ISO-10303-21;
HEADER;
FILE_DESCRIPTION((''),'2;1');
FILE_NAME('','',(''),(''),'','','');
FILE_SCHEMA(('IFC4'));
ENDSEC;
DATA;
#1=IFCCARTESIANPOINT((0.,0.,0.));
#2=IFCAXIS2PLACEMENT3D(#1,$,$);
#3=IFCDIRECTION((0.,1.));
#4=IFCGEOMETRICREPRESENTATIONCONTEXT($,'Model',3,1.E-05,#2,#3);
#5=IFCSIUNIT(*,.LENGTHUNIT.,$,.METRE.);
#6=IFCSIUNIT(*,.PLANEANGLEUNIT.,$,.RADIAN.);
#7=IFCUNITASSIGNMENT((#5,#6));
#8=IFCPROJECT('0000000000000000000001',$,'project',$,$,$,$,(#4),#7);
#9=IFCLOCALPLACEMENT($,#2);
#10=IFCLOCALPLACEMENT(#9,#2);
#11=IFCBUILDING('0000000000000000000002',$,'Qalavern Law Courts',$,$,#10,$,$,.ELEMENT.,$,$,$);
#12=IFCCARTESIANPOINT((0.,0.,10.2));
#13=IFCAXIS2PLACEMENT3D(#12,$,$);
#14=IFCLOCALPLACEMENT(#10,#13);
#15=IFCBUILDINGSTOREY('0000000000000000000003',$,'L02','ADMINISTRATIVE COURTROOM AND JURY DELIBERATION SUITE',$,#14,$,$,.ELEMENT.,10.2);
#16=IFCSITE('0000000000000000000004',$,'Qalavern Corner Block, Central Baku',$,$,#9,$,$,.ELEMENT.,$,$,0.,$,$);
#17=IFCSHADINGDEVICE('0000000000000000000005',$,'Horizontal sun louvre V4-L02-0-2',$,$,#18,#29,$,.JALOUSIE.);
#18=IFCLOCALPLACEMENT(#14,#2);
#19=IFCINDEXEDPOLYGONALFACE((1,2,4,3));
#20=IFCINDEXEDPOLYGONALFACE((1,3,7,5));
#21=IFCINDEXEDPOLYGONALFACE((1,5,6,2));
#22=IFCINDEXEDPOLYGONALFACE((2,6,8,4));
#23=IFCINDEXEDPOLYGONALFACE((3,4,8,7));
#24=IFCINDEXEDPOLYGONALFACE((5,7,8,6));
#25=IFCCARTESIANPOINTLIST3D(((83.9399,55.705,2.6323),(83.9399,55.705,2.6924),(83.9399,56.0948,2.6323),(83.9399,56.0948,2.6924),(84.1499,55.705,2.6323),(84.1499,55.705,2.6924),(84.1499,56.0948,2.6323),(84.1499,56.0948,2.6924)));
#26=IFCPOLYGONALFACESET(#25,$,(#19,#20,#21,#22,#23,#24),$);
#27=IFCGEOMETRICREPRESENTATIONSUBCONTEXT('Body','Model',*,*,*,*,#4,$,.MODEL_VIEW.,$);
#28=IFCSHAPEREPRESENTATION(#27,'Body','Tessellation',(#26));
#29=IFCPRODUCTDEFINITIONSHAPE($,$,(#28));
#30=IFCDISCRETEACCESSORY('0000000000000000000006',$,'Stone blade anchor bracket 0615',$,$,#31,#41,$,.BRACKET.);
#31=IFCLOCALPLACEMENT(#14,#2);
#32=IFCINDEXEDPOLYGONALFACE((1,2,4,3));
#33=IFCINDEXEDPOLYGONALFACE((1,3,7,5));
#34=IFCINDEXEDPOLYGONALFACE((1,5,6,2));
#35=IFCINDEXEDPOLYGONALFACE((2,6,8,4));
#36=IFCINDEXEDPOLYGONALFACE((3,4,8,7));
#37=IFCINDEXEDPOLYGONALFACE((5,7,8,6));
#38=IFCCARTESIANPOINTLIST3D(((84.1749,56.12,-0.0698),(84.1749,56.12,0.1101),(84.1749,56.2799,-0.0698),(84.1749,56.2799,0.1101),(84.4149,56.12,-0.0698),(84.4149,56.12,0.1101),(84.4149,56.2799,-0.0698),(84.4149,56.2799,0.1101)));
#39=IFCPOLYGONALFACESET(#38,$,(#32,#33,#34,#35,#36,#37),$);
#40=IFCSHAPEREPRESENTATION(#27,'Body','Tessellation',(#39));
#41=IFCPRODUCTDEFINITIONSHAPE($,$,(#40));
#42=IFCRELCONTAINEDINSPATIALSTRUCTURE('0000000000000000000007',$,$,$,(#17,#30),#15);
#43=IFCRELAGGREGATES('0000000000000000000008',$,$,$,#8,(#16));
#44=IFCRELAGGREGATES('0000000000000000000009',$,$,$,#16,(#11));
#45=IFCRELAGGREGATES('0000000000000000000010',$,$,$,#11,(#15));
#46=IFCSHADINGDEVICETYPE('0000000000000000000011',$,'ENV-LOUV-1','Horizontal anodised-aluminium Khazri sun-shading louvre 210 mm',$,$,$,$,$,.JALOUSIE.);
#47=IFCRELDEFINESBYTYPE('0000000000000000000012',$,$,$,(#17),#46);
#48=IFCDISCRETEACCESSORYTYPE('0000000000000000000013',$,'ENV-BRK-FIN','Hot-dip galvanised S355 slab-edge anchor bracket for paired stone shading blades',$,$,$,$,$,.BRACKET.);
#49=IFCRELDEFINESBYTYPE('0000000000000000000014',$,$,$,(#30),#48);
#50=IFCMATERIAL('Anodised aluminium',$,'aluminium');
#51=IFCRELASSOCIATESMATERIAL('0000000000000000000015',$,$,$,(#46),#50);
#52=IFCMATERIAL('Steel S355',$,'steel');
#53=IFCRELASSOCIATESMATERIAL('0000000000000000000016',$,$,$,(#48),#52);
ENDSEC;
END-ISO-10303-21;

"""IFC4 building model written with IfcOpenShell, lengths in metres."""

from ifc_helpers import new_model, si_unit, direction, frame, origin, origin_2d, place, context, subcontext, project, spatial, rectangle, extrude, material, type_object, element, save


model = new_model("IFC4")

# Units and contexts
model_context = context("Model", 3, precision=1e-05, world=origin(), true_north=direction((0.0, 1.0)))
body_context = subcontext(model_context, "Body", "Model", "MODEL_VIEW")
ifc_project = project(units=[si_unit("LENGTHUNIT", "METRE"), si_unit("PLANEANGLEUNIT", "RADIAN")], contexts=[model_context])

# Site, building, storey
site_placement = place(None, origin())
site = spatial("IfcSite", under=ifc_project, at=site_placement, Name="Qalavern Corner Block, Central Baku", CompositionType="ELEMENT", RefElevation=0.0)
building_placement = place(site_placement, origin())
building = spatial("IfcBuilding", under=site, at=building_placement, Name="Qalavern Law Courts", CompositionType="ELEMENT")
storey_placement = place(building_placement, frame((0.0, 0.0, 10.2)))
storey = spatial("IfcBuildingStorey", under=building, at=storey_placement, Name="L02", Description="ADMINISTRATIVE COURTROOM AND JURY DELIBERATION SUITE", CompositionType="ELEMENT", Elevation=10.2)

# Shared definitions
ifc_material_1 = material(Name="Anodised aluminium", Category="aluminium")

# Shared definitions
ifc_material_2 = material(Name="Steel S355", Category="steel")

# Shading device
shading_device_type = type_object("IfcShadingDeviceType", Name="ENV-LOUV-1", Description="Horizontal anodised-aluminium Khazri sun-shading louvre 210 mm", PredefinedType="JALOUSIE", material=ifc_material_1)
shading_device_placement = place(storey_placement, frame((84.0449, 55.8999, 2.6323), z_axis=(0.0, 0.0, 1.0), x_axis=(0.0, -1.0, 0.0)))
element("IfcShadingDevice", 1, at=shading_device_placement, inside=storey, type_object=shading_device_type, Name="Horizontal sun louvre V4-L02-0-2", PredefinedType="JALOUSIE", context=body_context, shape_type="SweptSolid", body=[
    extrude(rectangle(XDim=0.3899, YDim=0.21, at=origin_2d()), origin(), (0.0, 0.0, 1.0), 0.0601),
])

# Discrete accessory
discrete_accessory_type = type_object("IfcDiscreteAccessoryType", Name="ENV-BRK-FIN", Description="Hot-dip galvanised S355 slab-edge anchor bracket for paired stone shading blades", PredefinedType="BRACKET", material=ifc_material_2)
discrete_accessory_placement = place(storey_placement, frame((84.2949, 56.2, -0.0698), z_axis=(0.0, 0.0, 1.0), x_axis=(-1.0, 0.0, 0.0)))
element("IfcDiscreteAccessory", 2, at=discrete_accessory_placement, inside=storey, type_object=discrete_accessory_type, Name="Stone blade anchor bracket 0615", PredefinedType="BRACKET", context=body_context, shape_type="SweptSolid", body=[
    extrude(rectangle(XDim=0.24, YDim=0.1599, at=origin_2d()), origin(), (0.0, 0.0, 1.0), 0.1799),
])

save(model, "model.ifc")
